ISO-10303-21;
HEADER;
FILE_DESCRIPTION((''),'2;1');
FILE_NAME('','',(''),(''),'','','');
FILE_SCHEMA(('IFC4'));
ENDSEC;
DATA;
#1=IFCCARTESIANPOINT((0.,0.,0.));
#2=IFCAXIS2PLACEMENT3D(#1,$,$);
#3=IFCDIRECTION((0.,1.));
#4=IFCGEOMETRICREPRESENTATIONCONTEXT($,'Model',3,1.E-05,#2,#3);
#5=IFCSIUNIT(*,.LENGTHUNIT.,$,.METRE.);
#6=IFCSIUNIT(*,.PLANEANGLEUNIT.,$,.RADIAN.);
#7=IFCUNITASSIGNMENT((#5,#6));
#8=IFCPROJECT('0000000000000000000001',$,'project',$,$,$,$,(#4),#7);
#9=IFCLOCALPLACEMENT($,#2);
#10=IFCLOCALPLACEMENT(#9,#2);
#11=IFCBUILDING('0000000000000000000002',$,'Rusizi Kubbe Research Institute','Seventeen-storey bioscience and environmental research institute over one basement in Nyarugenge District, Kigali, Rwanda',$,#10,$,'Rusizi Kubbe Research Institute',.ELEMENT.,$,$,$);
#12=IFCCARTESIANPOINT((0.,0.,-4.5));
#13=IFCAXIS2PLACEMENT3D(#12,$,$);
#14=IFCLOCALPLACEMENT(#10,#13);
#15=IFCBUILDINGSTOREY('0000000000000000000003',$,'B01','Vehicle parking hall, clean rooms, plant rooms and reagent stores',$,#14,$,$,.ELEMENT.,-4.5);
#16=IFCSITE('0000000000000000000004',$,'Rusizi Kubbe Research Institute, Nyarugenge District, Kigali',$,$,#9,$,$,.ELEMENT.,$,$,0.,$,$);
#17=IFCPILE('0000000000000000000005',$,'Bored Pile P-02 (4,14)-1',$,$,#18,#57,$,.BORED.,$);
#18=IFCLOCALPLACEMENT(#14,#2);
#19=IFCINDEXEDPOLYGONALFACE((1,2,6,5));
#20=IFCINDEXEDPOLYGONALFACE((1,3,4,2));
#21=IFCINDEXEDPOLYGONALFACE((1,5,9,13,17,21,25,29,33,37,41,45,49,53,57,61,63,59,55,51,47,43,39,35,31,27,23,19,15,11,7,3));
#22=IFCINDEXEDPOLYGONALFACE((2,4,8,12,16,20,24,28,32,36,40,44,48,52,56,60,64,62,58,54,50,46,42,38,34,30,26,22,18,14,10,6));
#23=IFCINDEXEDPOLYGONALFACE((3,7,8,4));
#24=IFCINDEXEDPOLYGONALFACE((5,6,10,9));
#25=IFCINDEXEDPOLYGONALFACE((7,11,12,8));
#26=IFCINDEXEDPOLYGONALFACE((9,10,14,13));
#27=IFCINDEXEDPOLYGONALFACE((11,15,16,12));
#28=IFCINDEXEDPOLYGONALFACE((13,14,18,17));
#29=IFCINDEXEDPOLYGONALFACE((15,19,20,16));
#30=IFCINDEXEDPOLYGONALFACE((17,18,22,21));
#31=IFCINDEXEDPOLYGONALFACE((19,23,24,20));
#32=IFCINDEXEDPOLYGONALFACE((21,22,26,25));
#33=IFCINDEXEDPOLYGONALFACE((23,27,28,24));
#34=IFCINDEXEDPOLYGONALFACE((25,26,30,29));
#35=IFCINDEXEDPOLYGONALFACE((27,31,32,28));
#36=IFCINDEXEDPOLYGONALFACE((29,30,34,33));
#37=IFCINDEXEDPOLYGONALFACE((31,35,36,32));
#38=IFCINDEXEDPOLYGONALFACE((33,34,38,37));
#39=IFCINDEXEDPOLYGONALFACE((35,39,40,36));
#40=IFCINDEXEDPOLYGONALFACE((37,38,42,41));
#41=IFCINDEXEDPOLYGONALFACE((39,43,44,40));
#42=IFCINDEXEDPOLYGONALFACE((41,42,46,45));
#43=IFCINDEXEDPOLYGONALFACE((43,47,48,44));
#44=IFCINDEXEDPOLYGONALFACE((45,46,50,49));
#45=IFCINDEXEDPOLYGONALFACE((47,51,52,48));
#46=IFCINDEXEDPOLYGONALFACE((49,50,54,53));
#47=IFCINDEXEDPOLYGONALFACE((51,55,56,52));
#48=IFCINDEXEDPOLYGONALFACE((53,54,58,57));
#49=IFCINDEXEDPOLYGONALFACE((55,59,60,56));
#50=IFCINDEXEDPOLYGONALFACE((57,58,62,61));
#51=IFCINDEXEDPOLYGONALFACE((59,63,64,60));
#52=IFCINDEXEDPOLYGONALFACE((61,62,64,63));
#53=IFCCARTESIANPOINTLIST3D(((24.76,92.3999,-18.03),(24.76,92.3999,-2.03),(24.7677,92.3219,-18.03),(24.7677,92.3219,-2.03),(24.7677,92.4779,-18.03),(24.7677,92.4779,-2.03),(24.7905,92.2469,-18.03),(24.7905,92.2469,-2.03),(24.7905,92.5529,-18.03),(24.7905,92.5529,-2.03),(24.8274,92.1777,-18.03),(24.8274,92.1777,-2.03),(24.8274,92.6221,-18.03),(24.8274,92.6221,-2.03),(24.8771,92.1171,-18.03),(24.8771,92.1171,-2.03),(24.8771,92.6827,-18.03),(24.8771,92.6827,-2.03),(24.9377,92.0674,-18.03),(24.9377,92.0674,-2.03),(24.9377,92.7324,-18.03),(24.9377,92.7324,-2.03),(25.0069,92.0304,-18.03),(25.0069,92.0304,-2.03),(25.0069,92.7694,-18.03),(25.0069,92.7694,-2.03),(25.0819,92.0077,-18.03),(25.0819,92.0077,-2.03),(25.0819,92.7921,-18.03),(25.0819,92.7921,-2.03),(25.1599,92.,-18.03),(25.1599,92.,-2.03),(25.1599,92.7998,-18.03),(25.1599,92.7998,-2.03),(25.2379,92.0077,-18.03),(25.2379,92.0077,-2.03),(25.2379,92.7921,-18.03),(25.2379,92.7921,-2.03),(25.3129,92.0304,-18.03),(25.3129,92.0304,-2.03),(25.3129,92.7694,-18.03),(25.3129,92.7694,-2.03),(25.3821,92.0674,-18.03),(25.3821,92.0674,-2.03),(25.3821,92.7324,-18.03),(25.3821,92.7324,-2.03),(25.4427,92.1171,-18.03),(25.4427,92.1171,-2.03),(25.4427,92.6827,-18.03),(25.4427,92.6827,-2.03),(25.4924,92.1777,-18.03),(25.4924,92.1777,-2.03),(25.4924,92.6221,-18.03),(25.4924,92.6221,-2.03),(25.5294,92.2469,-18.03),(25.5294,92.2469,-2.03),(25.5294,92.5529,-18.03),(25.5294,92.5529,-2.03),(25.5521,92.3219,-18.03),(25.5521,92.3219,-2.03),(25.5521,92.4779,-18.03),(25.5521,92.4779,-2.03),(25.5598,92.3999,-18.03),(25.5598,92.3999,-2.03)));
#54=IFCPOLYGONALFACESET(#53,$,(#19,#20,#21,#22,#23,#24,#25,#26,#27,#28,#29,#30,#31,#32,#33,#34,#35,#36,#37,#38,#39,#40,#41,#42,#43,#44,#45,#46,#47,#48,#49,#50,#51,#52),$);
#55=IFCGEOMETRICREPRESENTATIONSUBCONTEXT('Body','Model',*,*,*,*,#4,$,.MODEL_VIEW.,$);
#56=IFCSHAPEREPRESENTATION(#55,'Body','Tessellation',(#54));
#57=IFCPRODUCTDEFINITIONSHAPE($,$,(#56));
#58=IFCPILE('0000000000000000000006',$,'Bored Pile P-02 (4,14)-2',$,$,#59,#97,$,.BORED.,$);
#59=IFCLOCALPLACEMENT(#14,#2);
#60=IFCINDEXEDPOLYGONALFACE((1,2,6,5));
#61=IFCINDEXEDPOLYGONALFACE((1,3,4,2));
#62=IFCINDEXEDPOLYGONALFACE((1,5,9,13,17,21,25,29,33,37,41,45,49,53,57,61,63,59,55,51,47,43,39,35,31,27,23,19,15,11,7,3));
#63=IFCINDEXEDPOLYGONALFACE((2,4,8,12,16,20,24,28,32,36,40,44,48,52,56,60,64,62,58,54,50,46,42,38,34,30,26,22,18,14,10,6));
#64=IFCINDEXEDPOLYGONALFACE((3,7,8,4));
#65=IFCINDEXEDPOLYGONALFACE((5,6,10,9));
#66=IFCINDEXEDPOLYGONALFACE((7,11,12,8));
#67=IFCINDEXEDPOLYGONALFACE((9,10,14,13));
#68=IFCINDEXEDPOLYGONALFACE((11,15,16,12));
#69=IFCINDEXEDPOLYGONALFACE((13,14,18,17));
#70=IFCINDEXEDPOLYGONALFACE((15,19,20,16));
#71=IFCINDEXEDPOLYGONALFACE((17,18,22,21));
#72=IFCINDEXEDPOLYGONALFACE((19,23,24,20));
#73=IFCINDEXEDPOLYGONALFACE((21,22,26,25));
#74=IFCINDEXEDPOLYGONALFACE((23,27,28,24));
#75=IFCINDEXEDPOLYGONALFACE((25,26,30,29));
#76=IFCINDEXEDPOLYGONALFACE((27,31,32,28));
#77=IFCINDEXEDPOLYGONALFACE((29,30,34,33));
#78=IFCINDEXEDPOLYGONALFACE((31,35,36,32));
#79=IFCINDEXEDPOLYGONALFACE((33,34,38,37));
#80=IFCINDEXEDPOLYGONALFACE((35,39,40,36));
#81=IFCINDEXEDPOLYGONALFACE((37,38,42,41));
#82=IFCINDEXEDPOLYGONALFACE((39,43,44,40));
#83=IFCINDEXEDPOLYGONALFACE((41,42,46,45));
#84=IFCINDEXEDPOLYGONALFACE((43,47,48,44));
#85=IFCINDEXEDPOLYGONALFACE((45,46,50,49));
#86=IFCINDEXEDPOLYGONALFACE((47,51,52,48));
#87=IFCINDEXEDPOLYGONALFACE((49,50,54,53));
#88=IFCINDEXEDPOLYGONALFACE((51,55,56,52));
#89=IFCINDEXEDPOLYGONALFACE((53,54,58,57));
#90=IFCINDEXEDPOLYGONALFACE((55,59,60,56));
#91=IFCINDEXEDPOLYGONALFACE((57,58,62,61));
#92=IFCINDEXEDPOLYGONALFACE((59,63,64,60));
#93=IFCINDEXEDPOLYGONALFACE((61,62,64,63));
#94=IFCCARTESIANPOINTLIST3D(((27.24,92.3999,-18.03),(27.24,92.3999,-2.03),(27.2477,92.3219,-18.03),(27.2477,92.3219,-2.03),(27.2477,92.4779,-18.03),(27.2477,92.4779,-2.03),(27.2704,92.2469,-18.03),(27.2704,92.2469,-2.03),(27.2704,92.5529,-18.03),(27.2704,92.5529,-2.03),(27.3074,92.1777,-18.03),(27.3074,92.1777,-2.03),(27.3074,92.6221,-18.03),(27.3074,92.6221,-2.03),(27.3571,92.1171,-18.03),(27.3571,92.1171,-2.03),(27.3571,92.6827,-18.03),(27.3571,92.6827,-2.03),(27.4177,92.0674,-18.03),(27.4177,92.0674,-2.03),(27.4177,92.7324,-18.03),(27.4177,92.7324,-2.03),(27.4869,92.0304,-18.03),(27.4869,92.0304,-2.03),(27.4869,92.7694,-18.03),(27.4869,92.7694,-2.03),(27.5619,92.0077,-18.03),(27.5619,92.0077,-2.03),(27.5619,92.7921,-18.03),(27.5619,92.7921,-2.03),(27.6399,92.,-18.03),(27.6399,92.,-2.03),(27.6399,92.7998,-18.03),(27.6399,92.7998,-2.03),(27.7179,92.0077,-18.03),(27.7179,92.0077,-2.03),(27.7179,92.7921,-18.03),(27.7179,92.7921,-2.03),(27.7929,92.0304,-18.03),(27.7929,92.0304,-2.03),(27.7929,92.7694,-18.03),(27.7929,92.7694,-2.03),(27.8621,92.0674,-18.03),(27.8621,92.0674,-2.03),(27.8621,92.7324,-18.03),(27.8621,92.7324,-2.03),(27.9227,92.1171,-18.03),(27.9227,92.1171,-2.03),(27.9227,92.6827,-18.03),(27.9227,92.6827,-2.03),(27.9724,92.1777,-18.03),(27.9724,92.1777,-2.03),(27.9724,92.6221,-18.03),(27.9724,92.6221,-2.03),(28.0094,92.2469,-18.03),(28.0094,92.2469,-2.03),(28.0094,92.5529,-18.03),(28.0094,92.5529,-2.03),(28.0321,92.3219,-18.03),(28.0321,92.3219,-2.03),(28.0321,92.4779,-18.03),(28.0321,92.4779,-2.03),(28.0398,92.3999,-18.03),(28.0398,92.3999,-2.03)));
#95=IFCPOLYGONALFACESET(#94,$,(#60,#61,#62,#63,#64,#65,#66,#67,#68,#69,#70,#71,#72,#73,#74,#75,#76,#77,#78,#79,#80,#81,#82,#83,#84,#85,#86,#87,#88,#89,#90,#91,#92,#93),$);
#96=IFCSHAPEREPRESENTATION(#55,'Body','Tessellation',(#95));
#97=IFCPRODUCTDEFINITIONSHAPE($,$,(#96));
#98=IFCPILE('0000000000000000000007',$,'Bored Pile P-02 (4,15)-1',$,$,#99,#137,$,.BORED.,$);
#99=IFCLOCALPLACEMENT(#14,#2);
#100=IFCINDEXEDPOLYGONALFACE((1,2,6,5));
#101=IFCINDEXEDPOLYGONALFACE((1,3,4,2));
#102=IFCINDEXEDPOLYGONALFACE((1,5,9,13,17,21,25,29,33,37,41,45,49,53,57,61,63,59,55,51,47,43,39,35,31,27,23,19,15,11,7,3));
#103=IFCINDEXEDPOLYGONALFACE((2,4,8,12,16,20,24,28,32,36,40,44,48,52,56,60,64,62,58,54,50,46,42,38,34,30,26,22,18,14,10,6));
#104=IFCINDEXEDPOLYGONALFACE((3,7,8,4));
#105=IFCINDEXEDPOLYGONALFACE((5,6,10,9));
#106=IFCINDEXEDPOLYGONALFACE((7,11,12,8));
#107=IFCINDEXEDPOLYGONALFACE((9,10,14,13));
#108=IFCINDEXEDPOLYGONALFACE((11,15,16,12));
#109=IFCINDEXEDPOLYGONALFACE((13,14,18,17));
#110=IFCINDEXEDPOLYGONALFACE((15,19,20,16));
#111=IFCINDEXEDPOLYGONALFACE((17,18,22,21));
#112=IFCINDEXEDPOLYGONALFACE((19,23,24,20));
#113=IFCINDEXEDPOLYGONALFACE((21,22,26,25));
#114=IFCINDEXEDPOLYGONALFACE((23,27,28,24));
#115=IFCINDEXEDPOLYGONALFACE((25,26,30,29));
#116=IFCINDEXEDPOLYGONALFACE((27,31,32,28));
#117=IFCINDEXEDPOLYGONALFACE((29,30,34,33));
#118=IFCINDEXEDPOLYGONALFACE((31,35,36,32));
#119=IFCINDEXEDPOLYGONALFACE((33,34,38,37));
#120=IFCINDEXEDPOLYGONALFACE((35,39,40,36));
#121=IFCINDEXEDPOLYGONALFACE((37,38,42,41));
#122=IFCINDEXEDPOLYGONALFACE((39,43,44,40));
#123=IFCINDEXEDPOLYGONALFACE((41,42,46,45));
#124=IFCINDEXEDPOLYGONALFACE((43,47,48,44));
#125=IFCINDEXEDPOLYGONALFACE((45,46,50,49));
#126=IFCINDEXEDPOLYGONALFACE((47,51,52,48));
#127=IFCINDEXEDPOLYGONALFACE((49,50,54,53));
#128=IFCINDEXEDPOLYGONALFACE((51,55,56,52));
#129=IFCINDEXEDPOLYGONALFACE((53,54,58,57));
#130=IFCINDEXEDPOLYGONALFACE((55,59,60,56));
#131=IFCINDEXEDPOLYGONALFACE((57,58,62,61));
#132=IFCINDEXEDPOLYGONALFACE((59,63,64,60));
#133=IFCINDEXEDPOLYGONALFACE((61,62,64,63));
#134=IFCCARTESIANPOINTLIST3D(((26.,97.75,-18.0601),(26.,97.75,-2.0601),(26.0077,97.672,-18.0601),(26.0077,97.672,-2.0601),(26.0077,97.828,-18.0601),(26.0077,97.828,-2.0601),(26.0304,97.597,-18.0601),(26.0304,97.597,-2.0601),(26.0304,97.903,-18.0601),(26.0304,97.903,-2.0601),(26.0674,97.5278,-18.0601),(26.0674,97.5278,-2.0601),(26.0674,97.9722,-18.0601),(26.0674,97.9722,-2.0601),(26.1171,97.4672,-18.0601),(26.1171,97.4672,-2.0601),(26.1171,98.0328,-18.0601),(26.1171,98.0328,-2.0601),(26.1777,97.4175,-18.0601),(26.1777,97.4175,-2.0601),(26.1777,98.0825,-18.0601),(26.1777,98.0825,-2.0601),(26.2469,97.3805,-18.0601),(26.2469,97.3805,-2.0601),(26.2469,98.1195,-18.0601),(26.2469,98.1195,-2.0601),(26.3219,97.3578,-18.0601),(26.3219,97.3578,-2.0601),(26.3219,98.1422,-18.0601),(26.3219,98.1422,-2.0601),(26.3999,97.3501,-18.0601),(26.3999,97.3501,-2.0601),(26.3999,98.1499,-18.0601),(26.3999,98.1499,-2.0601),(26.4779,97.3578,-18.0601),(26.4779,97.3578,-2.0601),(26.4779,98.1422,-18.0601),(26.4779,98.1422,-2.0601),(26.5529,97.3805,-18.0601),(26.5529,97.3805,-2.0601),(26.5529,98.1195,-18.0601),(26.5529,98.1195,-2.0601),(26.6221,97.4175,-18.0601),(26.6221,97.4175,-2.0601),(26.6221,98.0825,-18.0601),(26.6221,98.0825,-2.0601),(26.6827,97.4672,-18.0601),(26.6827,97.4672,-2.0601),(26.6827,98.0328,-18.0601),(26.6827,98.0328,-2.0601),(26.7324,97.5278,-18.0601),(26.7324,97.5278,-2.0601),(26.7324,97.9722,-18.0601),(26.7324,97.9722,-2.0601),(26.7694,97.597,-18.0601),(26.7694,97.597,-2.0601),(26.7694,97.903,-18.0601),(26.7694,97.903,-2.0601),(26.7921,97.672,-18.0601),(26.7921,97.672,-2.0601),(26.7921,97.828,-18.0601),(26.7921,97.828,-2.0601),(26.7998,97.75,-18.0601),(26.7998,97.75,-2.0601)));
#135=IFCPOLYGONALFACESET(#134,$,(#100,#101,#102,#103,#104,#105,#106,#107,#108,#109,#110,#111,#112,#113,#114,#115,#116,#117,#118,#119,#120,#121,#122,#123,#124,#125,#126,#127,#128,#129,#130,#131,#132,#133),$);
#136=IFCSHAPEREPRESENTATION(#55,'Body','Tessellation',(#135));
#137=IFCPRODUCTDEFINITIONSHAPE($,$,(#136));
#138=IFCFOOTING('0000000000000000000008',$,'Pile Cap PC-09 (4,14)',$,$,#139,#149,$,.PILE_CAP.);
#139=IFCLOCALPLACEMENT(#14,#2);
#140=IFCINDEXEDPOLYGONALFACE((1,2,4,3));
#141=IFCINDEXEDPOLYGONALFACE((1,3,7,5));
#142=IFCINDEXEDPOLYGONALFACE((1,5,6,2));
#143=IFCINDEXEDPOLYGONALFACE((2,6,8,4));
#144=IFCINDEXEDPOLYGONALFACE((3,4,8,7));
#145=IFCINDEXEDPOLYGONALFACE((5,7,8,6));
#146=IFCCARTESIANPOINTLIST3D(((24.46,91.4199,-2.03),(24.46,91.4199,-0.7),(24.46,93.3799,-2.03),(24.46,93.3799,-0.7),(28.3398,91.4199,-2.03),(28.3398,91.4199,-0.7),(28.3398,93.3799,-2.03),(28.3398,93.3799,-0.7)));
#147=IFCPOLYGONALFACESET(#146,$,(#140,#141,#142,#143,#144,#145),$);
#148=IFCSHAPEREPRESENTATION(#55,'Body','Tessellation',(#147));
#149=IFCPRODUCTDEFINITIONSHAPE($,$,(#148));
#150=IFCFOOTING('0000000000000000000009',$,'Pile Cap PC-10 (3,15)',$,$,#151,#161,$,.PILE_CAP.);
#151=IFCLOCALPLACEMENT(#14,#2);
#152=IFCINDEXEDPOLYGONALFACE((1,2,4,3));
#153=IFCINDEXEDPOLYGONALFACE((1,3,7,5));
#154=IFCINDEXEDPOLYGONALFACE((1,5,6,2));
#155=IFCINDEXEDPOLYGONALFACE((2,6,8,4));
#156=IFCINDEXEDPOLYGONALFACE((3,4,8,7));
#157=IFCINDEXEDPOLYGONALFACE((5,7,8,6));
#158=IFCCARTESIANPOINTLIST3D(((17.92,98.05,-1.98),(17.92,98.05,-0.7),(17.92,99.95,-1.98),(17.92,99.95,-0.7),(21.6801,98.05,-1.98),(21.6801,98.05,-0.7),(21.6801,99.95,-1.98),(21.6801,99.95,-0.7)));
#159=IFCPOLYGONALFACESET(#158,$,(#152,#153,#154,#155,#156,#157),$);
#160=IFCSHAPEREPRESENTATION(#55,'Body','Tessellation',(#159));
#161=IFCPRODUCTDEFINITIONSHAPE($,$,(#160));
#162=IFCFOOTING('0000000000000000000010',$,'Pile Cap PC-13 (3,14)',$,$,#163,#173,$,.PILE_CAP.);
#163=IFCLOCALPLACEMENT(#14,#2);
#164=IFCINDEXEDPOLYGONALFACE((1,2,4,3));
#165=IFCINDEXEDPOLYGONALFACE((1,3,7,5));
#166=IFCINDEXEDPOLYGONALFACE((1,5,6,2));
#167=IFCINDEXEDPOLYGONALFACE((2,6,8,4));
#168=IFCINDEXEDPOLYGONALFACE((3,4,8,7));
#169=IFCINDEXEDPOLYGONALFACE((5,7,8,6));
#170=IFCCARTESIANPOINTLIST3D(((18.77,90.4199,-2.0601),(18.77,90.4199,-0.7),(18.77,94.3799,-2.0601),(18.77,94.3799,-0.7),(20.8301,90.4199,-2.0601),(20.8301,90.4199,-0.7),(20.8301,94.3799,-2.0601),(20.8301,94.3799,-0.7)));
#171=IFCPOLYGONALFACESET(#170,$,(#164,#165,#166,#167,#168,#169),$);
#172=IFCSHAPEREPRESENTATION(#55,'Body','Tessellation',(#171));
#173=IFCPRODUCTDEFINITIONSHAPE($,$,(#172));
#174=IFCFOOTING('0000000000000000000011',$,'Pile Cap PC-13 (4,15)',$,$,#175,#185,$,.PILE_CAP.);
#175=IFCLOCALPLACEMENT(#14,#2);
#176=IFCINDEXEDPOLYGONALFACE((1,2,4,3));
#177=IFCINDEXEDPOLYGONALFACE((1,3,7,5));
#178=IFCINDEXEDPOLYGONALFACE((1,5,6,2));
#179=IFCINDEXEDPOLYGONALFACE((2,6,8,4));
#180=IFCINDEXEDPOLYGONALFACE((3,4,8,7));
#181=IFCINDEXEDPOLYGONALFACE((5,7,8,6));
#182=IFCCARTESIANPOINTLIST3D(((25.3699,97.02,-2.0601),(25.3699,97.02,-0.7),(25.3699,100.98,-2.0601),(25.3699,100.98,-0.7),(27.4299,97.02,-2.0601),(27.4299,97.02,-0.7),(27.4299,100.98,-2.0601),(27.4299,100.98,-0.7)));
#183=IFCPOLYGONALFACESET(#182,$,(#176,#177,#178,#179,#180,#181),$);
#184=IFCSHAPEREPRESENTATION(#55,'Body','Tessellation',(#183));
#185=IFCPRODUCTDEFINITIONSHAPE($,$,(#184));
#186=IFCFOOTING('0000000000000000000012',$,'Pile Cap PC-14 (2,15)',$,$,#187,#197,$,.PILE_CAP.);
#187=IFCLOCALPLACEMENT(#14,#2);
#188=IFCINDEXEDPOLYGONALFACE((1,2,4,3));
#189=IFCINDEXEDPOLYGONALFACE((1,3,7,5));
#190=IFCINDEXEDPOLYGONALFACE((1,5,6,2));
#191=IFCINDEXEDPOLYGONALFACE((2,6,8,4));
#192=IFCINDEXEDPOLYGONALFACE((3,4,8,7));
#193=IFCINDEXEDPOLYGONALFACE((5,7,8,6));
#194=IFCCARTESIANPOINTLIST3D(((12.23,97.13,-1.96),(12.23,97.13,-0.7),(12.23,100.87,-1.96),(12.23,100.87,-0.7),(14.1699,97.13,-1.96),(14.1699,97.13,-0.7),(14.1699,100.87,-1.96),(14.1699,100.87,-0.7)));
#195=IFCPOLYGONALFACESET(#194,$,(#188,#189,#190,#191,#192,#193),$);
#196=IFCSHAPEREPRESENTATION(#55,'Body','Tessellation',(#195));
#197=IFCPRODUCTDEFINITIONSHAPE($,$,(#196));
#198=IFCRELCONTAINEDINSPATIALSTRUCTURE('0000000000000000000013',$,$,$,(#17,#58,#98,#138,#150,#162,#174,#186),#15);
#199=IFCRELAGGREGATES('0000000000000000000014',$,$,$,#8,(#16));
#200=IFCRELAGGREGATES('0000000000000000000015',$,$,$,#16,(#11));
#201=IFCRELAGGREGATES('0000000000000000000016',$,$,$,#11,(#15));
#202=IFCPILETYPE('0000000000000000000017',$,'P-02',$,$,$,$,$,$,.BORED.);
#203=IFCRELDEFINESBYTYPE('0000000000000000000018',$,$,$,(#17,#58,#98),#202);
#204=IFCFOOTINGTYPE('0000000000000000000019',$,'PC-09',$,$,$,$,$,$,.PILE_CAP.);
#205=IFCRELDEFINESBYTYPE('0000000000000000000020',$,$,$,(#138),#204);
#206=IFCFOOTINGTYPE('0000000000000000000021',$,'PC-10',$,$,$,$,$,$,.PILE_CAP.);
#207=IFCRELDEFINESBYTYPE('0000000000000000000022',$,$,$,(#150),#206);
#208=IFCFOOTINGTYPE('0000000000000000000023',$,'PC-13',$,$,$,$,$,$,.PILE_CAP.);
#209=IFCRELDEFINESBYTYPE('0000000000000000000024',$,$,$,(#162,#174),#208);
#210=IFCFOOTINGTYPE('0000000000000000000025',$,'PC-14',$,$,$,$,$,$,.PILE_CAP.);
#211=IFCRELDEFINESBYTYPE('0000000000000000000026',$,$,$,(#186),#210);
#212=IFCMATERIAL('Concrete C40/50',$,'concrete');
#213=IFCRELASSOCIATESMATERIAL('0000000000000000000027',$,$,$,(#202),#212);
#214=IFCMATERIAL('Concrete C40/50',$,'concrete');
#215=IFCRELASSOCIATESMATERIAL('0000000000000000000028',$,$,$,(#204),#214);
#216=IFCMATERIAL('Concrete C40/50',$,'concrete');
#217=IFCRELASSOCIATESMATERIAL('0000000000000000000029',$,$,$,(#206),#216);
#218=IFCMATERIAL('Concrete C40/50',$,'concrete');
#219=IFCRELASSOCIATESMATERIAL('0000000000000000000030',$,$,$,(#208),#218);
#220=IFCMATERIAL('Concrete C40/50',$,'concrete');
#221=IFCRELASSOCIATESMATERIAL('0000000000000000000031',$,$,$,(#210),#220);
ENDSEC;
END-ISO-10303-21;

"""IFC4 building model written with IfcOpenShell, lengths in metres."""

from ifc_helpers import new_model, si_unit, direction, frame, origin, origin_2d, place, context, subcontext, project, spatial, rectangle, circle, extrude, material, material_profile, profile_set, type_object, element, save


model = new_model("IFC4")

# Units and contexts
model_context = context("Model", 3, precision=1e-05, world=origin(), true_north=direction((0.0, 1.0)))
body_context = subcontext(model_context, "Body", "Model", "MODEL_VIEW")
ifc_project = project(units=[si_unit("LENGTHUNIT", "METRE"), si_unit("PLANEANGLEUNIT", "RADIAN")], contexts=[model_context])

# Site, building, storey
site_placement = place(None, origin())
site = spatial("IfcSite", under=ifc_project, at=site_placement, Name="Rusizi Kubbe Research Institute, Nyarugenge District, Kigali", CompositionType="ELEMENT", RefElevation=0.0)
building_placement = place(site_placement, origin())
building = spatial("IfcBuilding", under=site, at=building_placement, Name="Rusizi Kubbe Research Institute", Description="Seventeen-storey bioscience and environmental research institute over one basement in Nyarugenge District, Kigali, Rwanda", LongName="Rusizi Kubbe Research Institute", CompositionType="ELEMENT")
storey_placement = place(building_placement, frame((0.0, 0.0, -4.5)))
storey = spatial("IfcBuildingStorey", under=building, at=storey_placement, Name="B01", Description="Vehicle parking hall, clean rooms, plant rooms and reagent stores", CompositionType="ELEMENT", Elevation=-4.5)

# Piles
ifc_material_1 = material(Name="Concrete C40/50", Category="concrete")
ifc_material_profile_1 = material_profile(ifc_material_1, circle(Radius=0.3999, at=origin_2d()), Name="PILE-D800")
ifc_profile_set_1 = profile_set([ifc_material_profile_1], Name="Concrete C40/50")
pile_type_1 = type_object("IfcPileType", Name="P-02", PredefinedType="BORED", material=ifc_profile_set_1)
for number, where, z_axis, x_axis, name in (
    (1, (25.1599, 92.3999, -2.03), (0.0, 0.0, -1.0), (1.0, 0.0, 0.0), "Bored Pile P-02 (4,14)-1"),
    (2, (27.6399, 92.3999, -2.03), (0.0, 0.0, -1.0), (1.0, 0.0, 0.0), "Bored Pile P-02 (4,14)-2"),
    (3, (26.3999, 97.75, -2.0601), (0.0, 0.0, -1.0), (1.0, 0.0, 0.0), "Bored Pile P-02 (4,15)-1"),
):
    element("IfcPile", number, at=place(storey_placement, frame(where, z_axis=z_axis, x_axis=x_axis)), inside=storey, type_object=pile_type_1, Name=name, PredefinedType="BORED", context=body_context, shape_type="SweptSolid", body=[
        extrude(circle(Radius=0.3999, at=origin_2d()), origin(), (0.0, 0.0, 1.0), 16.0),
    ])

# Footings
ifc_material_2 = material(Name="Concrete C40/50", Category="concrete")
footing_type_1 = type_object("IfcFootingType", Name="PC-09", PredefinedType="PILE_CAP", material=ifc_material_2)
footing_1_placement = place(storey_placement, frame((26.3999, 92.3999, -2.03), z_axis=(0.0, 0.0, 1.0), x_axis=(1.0, 0.0, 0.0)))
element("IfcFooting", 4, at=footing_1_placement, inside=storey, type_object=footing_type_1, Name="Pile Cap PC-09 (4,14)", PredefinedType="PILE_CAP", context=body_context, shape_type="SweptSolid", body=[
    extrude(rectangle(XDim=3.8799, YDim=1.96, at=origin_2d()), origin(), (0.0, 0.0, 1.0), 1.3301),
])
ifc_material_3 = material(Name="Concrete C40/50", Category="concrete")
footing_type_2 = type_object("IfcFootingType", Name="PC-10", PredefinedType="PILE_CAP", material=ifc_material_3)
footing_2_placement = place(storey_placement, frame((19.8, 99.0, -1.98), z_axis=(0.0, 0.0, 1.0), x_axis=(1.0, 0.0, 0.0)))
element("IfcFooting", 5, at=footing_2_placement, inside=storey, type_object=footing_type_2, Name="Pile Cap PC-10 (3,15)", PredefinedType="PILE_CAP", context=body_context, shape_type="SweptSolid", body=[
    extrude(rectangle(XDim=3.76, YDim=1.8999, at=origin_2d()), origin(), (0.0, 0.0, 1.0), 1.28),
])
ifc_material_4 = material(Name="Concrete C40/50", Category="concrete")
footing_type_3 = type_object("IfcFootingType", Name="PC-13", PredefinedType="PILE_CAP", material=ifc_material_4)
for number, where, z_axis, x_axis, name in (
    (6, (19.8, 92.3999, -2.0601), (0.0, 0.0, 1.0), (1.0, 0.0, 0.0), "Pile Cap PC-13 (3,14)"),
    (7, (26.3999, 99.0, -2.0601), (0.0, 0.0, 1.0), (1.0, 0.0, 0.0), "Pile Cap PC-13 (4,15)"),
):
    element("IfcFooting", number, at=place(storey_placement, frame(where, z_axis=z_axis, x_axis=x_axis)), inside=storey, type_object=footing_type_3, Name=name, PredefinedType="PILE_CAP", context=body_context, shape_type="SweptSolid", body=[
        extrude(rectangle(XDim=2.0601, YDim=3.96, at=origin_2d()), origin(), (0.0, 0.0, 1.0), 1.3601),
    ])
ifc_material_5 = material(Name="Concrete C40/50", Category="concrete")
footing_type_4 = type_object("IfcFootingType", Name="PC-14", PredefinedType="PILE_CAP", material=ifc_material_5)
footing_3_placement = place(storey_placement, frame((13.2, 99.0, -1.96), z_axis=(0.0, 0.0, 1.0), x_axis=(1.0, 0.0, 0.0)))
element("IfcFooting", 8, at=footing_3_placement, inside=storey, type_object=footing_type_4, Name="Pile Cap PC-14 (2,15)", PredefinedType="PILE_CAP", context=body_context, shape_type="SweptSolid", body=[
    extrude(rectangle(XDim=1.9399, YDim=3.74, at=origin_2d()), origin(), (0.0, 0.0, 1.0), 1.26),
])

save(model, "model.ifc")
